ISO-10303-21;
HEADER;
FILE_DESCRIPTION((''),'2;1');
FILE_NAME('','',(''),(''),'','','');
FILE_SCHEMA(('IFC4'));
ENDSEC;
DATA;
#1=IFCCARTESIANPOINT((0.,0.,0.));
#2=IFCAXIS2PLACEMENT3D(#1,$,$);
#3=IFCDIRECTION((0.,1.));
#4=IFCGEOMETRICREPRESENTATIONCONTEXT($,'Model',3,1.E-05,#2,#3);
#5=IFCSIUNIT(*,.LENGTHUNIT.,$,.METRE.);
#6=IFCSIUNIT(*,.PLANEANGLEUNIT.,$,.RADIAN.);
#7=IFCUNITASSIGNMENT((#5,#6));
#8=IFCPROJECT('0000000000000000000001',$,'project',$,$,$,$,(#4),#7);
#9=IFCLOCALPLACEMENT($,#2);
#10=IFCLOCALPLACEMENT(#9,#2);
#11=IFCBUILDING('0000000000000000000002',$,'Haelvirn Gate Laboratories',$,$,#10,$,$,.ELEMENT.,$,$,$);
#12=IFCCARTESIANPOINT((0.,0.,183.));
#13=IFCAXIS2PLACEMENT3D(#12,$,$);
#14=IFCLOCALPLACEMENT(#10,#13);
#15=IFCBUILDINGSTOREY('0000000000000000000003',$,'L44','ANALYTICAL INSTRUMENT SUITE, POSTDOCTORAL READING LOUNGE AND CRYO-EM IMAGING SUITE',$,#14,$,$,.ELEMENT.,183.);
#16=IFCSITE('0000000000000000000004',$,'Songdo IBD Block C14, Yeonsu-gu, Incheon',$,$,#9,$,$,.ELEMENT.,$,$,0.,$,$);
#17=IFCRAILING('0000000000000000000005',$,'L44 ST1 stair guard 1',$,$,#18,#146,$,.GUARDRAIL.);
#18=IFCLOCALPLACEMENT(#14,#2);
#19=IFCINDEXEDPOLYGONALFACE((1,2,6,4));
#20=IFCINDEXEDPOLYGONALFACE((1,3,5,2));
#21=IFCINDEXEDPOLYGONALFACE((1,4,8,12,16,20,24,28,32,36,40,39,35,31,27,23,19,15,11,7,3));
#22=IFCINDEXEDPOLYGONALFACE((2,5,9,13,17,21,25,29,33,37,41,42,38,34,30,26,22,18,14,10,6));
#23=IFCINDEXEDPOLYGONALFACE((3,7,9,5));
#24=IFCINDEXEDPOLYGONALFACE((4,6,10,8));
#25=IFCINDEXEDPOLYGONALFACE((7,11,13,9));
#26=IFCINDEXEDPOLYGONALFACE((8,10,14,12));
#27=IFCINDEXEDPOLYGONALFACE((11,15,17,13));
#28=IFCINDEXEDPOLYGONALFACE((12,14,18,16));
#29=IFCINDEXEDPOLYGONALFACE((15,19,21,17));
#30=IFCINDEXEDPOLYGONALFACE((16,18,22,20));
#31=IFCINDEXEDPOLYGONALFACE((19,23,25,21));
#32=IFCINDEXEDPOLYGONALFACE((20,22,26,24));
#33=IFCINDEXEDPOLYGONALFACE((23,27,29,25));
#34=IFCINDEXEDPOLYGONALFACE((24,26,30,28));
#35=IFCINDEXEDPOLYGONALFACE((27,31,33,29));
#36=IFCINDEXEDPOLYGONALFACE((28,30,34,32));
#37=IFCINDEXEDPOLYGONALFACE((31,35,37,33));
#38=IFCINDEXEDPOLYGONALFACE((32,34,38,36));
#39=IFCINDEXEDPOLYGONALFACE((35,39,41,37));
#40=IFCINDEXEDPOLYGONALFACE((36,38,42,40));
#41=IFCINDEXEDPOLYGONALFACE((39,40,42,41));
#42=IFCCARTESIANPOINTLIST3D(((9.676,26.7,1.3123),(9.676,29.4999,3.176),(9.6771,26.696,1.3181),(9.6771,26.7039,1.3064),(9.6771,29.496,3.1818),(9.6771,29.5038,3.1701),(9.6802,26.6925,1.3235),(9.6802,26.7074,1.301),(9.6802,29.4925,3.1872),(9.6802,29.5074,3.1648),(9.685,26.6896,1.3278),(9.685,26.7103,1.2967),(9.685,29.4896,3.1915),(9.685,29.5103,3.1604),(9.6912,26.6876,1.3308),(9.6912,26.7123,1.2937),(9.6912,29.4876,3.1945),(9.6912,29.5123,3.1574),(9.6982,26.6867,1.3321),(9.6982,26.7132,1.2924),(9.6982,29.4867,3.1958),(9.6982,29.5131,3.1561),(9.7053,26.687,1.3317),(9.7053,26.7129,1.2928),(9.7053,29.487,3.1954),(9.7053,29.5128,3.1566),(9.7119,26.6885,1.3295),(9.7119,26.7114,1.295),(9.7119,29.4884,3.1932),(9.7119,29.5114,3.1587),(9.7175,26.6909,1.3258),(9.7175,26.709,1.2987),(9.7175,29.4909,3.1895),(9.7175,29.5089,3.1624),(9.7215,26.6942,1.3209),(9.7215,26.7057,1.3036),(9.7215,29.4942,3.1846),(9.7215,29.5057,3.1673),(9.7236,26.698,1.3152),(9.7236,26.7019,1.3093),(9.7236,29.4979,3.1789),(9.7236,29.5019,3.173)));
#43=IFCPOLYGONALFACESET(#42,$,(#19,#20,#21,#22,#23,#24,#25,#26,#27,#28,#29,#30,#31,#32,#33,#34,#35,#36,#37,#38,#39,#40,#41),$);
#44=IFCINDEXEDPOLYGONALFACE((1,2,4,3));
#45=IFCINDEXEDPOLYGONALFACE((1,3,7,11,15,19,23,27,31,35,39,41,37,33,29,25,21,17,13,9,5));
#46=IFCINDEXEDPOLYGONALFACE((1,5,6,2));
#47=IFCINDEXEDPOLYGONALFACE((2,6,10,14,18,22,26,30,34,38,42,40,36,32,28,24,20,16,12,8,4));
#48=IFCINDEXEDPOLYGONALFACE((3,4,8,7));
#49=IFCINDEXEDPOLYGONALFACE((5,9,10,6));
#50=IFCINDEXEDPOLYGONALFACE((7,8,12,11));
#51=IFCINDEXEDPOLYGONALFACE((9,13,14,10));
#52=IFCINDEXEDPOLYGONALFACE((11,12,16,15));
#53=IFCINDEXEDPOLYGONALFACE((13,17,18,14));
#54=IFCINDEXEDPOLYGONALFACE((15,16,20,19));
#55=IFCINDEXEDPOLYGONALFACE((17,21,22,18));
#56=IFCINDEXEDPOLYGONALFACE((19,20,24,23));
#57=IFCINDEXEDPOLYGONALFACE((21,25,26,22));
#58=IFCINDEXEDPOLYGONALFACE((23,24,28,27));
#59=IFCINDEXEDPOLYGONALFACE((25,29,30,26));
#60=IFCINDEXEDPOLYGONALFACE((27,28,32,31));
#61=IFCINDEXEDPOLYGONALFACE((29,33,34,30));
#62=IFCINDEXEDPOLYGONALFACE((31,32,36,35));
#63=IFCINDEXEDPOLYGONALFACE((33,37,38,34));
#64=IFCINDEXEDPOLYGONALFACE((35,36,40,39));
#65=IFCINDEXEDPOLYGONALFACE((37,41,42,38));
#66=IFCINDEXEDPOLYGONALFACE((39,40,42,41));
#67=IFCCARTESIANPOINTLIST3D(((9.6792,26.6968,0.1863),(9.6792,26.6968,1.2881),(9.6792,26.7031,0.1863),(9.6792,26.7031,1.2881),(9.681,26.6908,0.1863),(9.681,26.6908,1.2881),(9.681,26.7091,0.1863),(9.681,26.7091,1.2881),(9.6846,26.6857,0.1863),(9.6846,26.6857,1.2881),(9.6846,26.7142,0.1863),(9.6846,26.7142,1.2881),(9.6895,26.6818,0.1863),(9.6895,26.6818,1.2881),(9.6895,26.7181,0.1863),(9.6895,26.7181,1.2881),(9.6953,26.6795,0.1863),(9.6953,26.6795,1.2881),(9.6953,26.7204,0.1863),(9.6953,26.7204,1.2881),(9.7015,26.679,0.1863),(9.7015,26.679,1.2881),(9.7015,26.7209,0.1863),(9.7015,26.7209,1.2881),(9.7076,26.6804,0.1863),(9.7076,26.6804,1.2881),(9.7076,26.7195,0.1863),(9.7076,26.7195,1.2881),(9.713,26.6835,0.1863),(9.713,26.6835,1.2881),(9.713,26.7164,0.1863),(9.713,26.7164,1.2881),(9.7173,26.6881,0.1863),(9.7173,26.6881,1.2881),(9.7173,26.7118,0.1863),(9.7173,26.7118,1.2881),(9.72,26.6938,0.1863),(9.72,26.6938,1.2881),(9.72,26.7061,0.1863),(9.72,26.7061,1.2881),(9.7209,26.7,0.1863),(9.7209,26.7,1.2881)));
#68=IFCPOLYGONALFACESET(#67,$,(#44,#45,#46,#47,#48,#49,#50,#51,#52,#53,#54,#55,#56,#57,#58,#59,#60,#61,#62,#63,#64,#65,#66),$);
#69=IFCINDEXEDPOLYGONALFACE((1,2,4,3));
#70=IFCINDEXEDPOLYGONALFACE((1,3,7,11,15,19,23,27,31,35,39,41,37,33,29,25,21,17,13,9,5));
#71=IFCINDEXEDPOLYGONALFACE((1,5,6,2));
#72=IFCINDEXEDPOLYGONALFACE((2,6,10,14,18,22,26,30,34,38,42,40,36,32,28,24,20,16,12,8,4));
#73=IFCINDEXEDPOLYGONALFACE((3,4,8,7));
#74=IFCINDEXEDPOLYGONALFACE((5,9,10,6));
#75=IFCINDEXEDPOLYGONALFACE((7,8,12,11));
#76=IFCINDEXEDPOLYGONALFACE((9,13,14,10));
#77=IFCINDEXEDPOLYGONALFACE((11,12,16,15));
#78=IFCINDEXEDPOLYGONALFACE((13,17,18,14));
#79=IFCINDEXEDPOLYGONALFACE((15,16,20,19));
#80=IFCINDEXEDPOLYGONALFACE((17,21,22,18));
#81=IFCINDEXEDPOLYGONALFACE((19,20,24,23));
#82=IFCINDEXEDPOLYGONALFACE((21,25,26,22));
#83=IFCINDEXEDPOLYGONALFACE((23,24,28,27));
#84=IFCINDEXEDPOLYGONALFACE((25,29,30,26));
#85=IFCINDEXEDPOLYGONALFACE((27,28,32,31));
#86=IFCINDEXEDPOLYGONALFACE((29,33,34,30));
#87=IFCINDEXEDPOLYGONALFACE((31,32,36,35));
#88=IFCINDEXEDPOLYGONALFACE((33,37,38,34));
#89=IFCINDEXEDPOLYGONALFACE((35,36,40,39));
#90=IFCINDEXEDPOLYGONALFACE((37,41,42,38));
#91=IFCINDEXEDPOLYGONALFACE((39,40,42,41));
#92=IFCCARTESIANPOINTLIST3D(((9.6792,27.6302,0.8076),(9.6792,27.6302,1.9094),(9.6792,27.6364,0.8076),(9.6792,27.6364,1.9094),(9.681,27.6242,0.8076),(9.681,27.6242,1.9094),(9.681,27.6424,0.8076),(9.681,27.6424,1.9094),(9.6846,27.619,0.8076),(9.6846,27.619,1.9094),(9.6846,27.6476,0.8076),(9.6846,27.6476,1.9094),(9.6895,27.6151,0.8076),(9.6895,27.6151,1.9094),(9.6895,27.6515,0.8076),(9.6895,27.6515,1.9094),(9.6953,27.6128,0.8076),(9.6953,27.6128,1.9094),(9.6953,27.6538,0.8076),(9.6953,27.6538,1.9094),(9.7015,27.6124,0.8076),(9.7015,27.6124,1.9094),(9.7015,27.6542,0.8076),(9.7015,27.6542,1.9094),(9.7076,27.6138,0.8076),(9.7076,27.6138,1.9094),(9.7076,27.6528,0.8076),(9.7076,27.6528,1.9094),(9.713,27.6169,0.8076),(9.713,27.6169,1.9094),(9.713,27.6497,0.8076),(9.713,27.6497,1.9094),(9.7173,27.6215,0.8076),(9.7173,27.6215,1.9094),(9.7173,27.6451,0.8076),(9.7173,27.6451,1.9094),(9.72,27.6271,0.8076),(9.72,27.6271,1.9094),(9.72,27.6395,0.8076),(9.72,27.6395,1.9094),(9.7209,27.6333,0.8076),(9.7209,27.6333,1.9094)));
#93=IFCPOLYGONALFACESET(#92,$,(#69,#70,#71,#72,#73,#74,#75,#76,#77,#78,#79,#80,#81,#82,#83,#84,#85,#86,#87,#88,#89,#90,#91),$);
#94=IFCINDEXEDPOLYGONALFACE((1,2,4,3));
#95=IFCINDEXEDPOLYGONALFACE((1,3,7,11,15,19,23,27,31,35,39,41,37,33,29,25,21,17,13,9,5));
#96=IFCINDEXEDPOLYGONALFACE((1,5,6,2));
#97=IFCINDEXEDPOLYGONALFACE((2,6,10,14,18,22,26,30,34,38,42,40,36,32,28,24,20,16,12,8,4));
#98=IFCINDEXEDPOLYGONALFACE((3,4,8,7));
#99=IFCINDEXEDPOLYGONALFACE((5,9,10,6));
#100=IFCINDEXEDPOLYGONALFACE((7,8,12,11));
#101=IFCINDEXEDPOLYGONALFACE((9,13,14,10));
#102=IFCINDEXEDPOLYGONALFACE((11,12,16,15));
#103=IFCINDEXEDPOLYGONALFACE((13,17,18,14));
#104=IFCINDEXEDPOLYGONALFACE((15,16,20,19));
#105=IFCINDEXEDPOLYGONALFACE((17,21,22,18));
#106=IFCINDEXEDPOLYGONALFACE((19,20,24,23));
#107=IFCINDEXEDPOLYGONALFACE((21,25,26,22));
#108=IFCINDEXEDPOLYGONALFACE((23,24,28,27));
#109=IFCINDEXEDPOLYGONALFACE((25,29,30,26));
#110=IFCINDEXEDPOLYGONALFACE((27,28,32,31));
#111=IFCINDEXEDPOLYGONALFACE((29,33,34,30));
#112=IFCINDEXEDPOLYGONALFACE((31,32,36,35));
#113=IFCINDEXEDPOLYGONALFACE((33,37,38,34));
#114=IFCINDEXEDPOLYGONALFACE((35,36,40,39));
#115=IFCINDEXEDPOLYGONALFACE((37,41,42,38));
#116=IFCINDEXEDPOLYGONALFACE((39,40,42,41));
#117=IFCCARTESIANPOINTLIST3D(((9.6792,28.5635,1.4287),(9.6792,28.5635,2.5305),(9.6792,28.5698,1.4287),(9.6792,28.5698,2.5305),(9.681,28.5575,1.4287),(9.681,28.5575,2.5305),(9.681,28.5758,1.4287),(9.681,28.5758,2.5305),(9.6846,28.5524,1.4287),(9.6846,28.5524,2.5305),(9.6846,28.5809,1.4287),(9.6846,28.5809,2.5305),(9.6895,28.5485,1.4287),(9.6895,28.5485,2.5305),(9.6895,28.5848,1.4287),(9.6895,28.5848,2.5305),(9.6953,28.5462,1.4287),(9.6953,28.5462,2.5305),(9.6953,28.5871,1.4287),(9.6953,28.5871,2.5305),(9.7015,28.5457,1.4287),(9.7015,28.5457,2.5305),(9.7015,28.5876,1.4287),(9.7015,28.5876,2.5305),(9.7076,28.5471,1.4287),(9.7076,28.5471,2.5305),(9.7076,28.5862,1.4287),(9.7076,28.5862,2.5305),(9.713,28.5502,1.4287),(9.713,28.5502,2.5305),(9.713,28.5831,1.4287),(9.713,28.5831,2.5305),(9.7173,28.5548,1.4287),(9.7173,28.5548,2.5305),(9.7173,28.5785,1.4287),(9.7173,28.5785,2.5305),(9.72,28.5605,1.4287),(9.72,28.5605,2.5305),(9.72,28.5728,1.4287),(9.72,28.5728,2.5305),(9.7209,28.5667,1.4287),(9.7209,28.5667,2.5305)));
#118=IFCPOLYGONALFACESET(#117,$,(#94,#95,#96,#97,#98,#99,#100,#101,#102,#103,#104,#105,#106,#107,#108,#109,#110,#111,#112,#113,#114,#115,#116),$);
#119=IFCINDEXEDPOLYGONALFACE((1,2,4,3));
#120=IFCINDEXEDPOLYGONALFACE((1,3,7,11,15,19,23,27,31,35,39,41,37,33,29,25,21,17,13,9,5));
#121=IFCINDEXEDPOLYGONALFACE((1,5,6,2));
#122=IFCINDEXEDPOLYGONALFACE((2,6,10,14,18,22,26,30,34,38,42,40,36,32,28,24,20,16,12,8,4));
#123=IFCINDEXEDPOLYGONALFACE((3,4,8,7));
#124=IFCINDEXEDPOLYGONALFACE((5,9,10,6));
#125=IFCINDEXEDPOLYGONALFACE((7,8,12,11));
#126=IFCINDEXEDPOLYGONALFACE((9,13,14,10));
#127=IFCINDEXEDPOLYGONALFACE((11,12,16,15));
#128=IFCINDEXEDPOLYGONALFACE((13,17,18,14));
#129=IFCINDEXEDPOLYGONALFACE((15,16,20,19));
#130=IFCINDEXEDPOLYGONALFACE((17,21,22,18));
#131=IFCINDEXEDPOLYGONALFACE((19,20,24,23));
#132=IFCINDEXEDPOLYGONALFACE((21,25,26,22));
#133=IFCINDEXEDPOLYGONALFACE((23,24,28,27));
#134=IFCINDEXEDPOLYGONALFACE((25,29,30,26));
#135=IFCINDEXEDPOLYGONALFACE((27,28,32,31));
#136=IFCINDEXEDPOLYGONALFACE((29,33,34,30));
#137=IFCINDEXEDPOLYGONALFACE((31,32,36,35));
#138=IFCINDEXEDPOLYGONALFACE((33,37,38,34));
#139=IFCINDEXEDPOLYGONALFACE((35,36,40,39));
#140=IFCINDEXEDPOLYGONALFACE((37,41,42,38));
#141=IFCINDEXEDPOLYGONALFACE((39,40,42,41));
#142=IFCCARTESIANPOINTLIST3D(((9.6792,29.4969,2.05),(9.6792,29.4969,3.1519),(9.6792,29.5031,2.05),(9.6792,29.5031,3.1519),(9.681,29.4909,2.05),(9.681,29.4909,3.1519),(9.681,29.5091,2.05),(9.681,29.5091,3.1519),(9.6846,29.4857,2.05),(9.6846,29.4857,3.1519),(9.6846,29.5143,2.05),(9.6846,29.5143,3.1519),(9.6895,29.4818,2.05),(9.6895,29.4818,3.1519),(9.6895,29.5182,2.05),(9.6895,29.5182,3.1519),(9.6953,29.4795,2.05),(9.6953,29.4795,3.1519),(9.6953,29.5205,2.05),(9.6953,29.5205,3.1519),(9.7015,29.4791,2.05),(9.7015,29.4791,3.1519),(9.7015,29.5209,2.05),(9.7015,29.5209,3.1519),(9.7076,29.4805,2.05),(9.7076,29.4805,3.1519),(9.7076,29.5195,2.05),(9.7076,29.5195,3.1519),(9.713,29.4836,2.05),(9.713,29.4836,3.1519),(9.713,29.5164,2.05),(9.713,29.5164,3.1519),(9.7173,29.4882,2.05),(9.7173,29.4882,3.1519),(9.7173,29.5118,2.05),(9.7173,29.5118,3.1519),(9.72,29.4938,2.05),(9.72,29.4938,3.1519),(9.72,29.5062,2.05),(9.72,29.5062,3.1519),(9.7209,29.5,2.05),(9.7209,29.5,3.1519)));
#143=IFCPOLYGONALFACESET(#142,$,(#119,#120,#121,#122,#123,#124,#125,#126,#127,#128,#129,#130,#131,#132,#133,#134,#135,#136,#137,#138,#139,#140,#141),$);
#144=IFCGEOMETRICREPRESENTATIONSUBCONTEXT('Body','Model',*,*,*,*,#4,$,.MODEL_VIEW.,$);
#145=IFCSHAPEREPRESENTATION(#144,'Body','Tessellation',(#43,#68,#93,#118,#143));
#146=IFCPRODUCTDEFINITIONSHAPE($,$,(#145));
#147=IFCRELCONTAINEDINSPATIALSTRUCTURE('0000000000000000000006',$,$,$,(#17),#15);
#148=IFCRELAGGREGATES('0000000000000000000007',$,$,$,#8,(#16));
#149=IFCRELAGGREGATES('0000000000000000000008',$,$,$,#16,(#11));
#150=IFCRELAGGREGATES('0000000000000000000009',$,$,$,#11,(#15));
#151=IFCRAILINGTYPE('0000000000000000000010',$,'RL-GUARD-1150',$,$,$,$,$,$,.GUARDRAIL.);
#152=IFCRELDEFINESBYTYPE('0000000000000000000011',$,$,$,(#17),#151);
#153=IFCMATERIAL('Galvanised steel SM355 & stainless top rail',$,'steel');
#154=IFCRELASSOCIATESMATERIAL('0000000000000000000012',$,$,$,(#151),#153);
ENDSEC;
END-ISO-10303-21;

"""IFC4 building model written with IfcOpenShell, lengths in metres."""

from ifc_helpers import new_model, si_unit, direction, frame, origin, origin_2d, place, context, subcontext, project, spatial, circle, extrude, source, transform, mapped, material, type_object, element, save


model = new_model("IFC4")

# Units and contexts
model_context = context("Model", 3, precision=1e-05, world=origin(), true_north=direction((0.0, 1.0)))
body_context = subcontext(model_context, "Body", "Model", "MODEL_VIEW")
ifc_project = project(units=[si_unit("LENGTHUNIT", "METRE"), si_unit("PLANEANGLEUNIT", "RADIAN")], contexts=[model_context])

# Site, building, storey
site_placement = place(None, origin())
site = spatial("IfcSite", under=ifc_project, at=site_placement, Name="Songdo IBD Block C14, Yeonsu-gu, Incheon", CompositionType="ELEMENT", RefElevation=0.0)
building_placement = place(site_placement, origin())
building = spatial("IfcBuilding", under=site, at=building_placement, Name="Haelvirn Gate Laboratories", CompositionType="ELEMENT")
storey_placement = place(building_placement, frame((0.0, 0.0, 183.0)))
storey = spatial("IfcBuildingStorey", under=building, at=storey_placement, Name="L44", Description="ANALYTICAL INSTRUMENT SUITE, POSTDOCTORAL READING LOUNGE AND CRYO-EM IMAGING SUITE", CompositionType="ELEMENT", Elevation=183.0)

# Railing
ifc_material_1 = material(Name="Galvanised steel SM355 & stainless top rail", Category="steel")
railing_type_1 = type_object("IfcRailingType", Name="RL-GUARD-1150", PredefinedType="GUARDRAIL", material=ifc_material_1)
shared_shape_1 = source(origin(), body_context, "Body", "SweptSolid", [
    extrude(circle(Radius=0.0239, at=origin_2d()), frame((0.0, 0.0, 1.126), z_axis=(0.0, 0.832452, 0.554097), x_axis=(-1.0, 0.0, 0.0)), (0.0, 0.0, 1.0), 3.3635),
    extrude(circle(Radius=0.021, at=origin_2d()), origin(), (0.0, 0.0, 1.0), 1.1018),
    extrude(circle(Radius=0.021, at=origin_2d()), frame((0.0, 0.9333, 0.6213)), (0.0, 0.0, 1.0), 1.1018),
    extrude(circle(Radius=0.021, at=origin_2d()), frame((0.0, 1.8667, 1.2424)), (0.0, 0.0, 1.0), 1.1018),
    extrude(circle(Radius=0.021, at=origin_2d()), frame((0.0, 2.8, 1.8638)), (0.0, 0.0, 1.0), 1.1018),
])
railing_1_placement = place(storey_placement, frame((9.7, 26.7, 0.1863)))
element("IfcRailing", 1, at=railing_1_placement, inside=storey, type_object=railing_type_1, Name="L44 ST1 stair guard 1", PredefinedType="GUARDRAIL", context=body_context, shape_type="MappedRepresentation", body=[
    mapped(shared_shape_1, transform((0.0, 0.0, 0.0), scale=1.0)),
])

save(model, "model.ifc")
